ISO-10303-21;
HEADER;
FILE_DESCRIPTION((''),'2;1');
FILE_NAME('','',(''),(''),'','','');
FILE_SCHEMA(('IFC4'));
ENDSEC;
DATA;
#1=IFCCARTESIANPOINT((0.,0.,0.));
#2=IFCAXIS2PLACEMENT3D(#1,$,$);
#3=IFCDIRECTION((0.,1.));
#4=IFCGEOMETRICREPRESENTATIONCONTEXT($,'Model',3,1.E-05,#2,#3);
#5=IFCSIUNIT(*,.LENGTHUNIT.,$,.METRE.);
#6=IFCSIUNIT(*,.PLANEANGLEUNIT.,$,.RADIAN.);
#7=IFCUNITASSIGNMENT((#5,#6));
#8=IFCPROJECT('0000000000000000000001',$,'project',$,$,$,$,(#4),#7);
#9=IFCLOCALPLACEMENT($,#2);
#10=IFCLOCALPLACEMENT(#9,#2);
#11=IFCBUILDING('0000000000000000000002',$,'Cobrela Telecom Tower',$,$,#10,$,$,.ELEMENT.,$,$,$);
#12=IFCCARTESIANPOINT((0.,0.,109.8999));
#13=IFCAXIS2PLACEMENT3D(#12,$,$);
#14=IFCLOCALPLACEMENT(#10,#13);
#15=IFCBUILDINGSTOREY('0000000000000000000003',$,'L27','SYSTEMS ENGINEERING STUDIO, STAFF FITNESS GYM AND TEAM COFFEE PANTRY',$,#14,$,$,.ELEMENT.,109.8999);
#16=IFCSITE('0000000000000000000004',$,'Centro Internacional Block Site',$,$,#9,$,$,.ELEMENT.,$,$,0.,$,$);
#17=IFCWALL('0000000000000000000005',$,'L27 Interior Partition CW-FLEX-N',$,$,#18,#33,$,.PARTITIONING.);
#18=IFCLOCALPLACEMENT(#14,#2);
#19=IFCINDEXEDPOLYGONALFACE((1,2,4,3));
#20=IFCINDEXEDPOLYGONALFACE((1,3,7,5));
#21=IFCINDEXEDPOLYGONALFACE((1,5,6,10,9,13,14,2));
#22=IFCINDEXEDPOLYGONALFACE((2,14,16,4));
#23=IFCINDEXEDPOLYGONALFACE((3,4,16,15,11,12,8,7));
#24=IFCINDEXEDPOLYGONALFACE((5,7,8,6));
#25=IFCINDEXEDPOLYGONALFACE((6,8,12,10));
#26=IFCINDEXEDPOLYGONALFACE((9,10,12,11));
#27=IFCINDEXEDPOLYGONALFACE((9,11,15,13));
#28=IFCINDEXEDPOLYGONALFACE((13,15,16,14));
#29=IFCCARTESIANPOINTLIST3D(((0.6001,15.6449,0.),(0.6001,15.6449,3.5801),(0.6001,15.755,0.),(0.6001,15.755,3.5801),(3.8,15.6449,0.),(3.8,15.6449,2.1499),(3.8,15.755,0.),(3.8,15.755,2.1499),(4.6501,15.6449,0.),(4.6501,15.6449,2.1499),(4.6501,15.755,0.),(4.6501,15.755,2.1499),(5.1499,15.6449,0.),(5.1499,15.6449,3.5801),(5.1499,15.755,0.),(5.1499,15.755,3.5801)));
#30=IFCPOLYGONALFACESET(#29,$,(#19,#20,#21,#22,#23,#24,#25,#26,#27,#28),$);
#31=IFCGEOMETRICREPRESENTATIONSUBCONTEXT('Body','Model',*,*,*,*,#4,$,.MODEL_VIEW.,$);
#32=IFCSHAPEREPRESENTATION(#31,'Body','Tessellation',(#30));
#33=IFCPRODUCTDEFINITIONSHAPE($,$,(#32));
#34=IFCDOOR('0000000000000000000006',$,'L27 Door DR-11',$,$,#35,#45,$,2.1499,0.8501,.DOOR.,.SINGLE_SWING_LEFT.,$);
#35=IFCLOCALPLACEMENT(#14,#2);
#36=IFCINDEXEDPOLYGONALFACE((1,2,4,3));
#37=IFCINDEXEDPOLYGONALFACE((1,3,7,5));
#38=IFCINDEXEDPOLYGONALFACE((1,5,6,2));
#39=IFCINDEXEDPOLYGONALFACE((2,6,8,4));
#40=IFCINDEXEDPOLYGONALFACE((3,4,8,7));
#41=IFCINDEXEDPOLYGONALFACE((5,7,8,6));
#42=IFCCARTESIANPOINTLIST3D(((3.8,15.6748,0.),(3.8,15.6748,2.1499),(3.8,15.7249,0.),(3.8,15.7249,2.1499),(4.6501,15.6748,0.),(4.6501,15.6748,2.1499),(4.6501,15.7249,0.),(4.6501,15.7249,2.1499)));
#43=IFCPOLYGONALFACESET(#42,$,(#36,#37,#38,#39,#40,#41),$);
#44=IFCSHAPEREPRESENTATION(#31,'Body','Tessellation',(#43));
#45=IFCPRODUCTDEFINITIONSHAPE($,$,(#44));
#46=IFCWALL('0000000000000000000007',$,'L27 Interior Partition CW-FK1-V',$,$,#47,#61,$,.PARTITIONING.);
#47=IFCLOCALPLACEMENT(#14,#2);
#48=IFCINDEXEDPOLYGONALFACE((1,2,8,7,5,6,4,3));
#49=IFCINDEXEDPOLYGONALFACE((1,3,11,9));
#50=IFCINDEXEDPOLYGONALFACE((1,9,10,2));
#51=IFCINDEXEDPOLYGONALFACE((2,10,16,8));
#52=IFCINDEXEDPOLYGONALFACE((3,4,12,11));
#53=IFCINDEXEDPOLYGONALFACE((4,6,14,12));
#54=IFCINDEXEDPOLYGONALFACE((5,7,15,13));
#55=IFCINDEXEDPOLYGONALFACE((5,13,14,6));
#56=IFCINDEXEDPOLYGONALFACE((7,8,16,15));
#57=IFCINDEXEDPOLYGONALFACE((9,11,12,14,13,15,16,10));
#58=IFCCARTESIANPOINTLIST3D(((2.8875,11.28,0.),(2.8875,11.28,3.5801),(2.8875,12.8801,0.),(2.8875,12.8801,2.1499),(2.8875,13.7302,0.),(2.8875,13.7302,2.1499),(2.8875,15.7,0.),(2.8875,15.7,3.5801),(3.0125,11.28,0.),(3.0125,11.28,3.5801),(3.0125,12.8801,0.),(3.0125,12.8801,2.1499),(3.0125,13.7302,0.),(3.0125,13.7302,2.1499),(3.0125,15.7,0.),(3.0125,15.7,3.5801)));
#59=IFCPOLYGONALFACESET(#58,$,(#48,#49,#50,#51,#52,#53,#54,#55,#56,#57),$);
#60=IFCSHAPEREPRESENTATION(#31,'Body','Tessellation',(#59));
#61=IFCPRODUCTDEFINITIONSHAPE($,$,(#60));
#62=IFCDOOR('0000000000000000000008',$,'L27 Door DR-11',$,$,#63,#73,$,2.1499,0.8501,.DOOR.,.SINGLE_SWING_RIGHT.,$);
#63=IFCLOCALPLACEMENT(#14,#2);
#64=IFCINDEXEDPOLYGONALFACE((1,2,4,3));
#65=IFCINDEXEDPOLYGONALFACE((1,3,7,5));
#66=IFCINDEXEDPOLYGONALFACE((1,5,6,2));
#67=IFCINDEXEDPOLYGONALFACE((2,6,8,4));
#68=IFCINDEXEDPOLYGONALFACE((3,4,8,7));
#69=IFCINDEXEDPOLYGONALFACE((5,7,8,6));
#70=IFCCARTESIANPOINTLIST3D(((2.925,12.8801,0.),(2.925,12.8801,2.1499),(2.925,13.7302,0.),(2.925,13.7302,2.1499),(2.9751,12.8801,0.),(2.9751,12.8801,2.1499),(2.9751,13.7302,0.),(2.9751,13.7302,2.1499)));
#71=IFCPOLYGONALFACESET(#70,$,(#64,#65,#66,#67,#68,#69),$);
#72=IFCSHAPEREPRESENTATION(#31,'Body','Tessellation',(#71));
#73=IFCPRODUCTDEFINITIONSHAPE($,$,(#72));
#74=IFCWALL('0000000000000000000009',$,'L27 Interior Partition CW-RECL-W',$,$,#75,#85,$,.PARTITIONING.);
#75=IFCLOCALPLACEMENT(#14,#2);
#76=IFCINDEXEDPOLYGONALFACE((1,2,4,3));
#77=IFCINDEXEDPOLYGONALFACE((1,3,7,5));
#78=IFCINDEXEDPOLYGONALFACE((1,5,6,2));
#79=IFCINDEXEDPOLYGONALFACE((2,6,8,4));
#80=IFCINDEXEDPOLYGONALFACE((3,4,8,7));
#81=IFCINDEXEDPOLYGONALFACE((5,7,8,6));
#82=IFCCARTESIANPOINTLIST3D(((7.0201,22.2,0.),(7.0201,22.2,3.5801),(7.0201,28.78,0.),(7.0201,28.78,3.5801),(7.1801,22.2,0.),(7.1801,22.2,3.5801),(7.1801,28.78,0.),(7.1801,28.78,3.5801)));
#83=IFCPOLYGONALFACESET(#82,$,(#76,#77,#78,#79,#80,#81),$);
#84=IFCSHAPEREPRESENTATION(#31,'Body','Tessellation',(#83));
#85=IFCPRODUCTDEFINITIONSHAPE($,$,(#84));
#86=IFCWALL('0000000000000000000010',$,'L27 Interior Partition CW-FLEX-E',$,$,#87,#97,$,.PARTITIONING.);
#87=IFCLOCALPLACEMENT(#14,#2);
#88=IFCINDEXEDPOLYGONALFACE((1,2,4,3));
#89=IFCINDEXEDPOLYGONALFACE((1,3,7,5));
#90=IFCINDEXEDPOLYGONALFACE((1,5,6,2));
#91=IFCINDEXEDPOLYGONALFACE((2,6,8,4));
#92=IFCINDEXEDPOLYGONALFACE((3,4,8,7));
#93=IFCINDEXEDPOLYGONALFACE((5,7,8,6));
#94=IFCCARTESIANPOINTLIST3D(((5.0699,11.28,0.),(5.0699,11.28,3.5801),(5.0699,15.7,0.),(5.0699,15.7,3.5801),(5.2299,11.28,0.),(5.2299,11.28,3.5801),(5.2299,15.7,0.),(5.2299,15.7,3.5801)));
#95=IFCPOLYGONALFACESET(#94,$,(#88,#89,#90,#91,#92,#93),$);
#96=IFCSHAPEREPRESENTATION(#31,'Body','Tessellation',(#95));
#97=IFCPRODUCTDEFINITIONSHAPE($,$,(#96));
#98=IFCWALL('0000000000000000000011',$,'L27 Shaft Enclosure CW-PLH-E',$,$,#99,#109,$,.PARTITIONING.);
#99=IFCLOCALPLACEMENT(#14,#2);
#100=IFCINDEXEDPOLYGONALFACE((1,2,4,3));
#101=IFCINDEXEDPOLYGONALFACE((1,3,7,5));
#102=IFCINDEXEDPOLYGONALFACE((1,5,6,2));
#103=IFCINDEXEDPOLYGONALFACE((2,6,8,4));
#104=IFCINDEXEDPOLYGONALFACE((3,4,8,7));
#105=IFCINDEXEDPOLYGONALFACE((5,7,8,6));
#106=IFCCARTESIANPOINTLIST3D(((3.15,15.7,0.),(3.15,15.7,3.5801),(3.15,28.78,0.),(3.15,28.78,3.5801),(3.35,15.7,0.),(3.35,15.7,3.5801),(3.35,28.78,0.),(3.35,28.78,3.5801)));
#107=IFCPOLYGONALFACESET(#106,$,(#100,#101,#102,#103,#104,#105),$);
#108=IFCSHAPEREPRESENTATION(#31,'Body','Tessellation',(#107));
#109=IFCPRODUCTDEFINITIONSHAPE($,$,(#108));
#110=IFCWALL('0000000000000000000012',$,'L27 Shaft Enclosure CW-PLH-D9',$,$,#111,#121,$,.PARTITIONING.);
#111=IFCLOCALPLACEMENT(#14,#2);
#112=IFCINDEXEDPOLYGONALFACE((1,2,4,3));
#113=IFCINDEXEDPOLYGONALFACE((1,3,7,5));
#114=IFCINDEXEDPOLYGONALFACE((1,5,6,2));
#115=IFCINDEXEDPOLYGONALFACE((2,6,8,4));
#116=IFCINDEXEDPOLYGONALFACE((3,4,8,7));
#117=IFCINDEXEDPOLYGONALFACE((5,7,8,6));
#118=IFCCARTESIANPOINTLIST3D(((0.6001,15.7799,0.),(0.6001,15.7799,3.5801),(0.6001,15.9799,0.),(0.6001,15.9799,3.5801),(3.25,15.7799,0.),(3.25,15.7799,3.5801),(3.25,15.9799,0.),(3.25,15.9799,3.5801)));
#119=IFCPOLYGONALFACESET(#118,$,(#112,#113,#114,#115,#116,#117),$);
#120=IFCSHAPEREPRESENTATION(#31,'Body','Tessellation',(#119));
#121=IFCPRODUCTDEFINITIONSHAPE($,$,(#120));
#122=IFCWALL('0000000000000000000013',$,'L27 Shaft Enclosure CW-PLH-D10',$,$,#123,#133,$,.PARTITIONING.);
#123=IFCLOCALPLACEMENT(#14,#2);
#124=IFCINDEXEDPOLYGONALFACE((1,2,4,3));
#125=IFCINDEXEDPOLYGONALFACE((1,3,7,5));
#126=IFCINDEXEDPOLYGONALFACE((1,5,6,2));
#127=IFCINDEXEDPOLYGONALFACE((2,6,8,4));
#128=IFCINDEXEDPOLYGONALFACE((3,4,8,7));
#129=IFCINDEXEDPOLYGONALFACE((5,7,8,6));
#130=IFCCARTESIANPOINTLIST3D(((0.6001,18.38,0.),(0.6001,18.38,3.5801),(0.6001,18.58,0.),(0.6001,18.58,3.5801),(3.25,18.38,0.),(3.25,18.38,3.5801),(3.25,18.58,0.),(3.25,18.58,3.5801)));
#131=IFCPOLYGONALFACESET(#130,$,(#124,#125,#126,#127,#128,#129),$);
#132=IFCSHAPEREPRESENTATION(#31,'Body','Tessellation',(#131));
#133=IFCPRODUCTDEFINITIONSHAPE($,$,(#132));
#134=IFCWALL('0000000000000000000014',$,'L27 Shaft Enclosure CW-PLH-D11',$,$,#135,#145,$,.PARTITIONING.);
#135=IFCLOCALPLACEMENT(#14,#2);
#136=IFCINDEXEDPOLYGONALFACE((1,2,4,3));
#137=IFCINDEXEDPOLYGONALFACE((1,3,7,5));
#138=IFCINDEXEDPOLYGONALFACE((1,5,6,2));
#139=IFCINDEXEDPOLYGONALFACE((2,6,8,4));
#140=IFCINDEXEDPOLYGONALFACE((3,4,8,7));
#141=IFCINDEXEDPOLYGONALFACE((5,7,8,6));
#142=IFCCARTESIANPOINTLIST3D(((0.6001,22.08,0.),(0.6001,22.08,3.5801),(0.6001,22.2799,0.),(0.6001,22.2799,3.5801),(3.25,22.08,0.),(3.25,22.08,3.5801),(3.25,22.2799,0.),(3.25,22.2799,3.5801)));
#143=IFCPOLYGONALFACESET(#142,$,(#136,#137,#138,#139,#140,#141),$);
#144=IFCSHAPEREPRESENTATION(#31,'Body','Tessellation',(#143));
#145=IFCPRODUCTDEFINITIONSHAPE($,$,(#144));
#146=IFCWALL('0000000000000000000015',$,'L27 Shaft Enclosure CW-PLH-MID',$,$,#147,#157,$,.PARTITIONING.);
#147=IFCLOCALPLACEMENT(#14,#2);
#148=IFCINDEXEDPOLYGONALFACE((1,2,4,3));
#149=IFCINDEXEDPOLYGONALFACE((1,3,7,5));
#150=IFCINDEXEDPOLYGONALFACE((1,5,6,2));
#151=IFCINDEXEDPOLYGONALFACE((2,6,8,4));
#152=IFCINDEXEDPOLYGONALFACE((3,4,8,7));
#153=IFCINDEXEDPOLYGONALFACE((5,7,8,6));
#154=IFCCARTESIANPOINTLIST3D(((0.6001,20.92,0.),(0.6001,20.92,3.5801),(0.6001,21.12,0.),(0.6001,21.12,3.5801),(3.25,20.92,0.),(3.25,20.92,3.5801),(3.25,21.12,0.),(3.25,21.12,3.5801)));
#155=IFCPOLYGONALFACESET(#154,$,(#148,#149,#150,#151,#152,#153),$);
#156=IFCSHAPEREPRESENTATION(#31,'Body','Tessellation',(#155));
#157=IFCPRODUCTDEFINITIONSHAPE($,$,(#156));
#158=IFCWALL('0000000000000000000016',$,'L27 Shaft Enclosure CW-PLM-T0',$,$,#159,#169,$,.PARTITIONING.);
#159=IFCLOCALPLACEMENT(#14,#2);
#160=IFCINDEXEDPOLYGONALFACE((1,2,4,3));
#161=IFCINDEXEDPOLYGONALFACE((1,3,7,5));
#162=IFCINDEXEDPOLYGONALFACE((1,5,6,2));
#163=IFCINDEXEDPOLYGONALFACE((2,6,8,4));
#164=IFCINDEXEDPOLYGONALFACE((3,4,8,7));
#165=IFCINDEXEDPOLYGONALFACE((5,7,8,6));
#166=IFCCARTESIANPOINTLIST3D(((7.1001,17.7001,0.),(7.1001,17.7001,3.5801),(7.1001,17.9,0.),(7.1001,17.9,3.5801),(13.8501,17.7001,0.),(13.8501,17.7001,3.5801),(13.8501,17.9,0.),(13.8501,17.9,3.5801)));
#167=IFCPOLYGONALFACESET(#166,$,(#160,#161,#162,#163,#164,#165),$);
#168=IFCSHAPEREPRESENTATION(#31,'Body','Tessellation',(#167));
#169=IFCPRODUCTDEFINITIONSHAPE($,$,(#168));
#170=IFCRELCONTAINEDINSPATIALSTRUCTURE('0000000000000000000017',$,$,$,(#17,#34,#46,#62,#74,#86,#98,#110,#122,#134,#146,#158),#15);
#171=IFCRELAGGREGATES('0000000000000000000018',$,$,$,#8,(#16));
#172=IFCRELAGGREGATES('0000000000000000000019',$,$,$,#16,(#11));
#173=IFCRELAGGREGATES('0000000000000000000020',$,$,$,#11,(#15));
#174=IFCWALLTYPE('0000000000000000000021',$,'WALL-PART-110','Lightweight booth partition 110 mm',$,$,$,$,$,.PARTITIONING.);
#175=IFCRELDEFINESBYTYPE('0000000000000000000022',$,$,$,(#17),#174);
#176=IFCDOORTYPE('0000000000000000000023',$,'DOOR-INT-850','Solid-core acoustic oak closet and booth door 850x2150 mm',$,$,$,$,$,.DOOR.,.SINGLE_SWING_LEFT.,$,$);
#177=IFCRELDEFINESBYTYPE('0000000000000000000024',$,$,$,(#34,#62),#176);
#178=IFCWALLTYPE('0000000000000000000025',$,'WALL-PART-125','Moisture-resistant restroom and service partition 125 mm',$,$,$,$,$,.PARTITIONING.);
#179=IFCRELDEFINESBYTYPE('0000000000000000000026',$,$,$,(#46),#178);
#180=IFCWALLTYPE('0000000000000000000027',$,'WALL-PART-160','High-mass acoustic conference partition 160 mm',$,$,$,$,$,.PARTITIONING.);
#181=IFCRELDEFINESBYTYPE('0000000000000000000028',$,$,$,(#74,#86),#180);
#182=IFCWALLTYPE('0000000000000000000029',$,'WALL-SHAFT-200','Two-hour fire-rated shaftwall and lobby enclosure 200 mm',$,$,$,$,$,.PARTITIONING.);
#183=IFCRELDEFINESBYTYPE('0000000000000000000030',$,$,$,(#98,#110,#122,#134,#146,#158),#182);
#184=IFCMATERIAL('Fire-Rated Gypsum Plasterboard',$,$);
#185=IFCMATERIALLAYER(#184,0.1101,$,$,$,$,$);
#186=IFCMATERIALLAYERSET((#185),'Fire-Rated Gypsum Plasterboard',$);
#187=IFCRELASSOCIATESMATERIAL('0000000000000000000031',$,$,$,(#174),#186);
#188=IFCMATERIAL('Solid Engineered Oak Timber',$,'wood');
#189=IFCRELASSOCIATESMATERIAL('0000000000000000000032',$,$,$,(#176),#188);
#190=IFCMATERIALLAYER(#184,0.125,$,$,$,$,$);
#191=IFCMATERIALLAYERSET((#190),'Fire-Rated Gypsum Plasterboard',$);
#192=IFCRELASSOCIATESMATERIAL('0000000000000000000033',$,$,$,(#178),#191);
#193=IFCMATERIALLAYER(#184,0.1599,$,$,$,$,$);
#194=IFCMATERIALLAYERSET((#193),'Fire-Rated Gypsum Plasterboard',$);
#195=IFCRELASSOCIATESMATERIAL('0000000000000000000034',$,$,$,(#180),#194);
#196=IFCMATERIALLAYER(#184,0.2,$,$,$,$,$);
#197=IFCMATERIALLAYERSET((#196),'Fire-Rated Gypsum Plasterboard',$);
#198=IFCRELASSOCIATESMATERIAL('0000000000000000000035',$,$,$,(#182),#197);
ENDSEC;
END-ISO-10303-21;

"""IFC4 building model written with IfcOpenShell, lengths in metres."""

from ifc_helpers import new_model, si_unit, direction, frame, frame_2d, origin, place, context, subcontext, project, spatial, rectangle, extrude, material, layer, layer_set, type_object, element, fill, save


model = new_model("IFC4")

# Units and contexts
model_context = context("Model", 3, precision=1e-05, world=origin(), true_north=direction((0.0, 1.0)))
body_context = subcontext(model_context, "Body", "Model", "MODEL_VIEW")
ifc_project = project(units=[si_unit("LENGTHUNIT", "METRE"), si_unit("PLANEANGLEUNIT", "RADIAN")], contexts=[model_context])

# Site, building, storey
site_placement = place(None, origin())
site = spatial("IfcSite", under=ifc_project, at=site_placement, Name="Centro Internacional Block Site", CompositionType="ELEMENT", RefElevation=0.0)
building_placement = place(site_placement, origin())
building = spatial("IfcBuilding", under=site, at=building_placement, Name="Cobrela Telecom Tower", CompositionType="ELEMENT")
storey_placement = place(building_placement, frame((0.0, 0.0, 109.8999)))
storey = spatial("IfcBuildingStorey", under=building, at=storey_placement, Name="L27", Description="SYSTEMS ENGINEERING STUDIO, STAFF FITNESS GYM AND TEAM COFFEE PANTRY", CompositionType="ELEMENT", Elevation=109.8999)

# Walls, openings, doors
ifc_material_1 = material(Name="Fire-Rated Gypsum Plasterboard")
ifc_layer_1 = layer(ifc_material_1, 0.1101)
ifc_layer_set_1 = layer_set([ifc_layer_1], Name="Fire-Rated Gypsum Plasterboard")
wall_type_1 = type_object("IfcWallType", Name="WALL-PART-110", Description="Lightweight booth partition 110 mm", PredefinedType="PARTITIONING", material=ifc_layer_set_1)
wall_1_placement = place(storey_placement, frame((0.6001, 15.7, 0.0), z_axis=(0.0, 0.0, 1.0), x_axis=(1.0, 0.0, 0.0)))
wall_1 = element("IfcWall", 1, at=wall_1_placement, inside=storey, type_object=wall_type_1, Name="L27 Interior Partition CW-FLEX-N", PredefinedType="PARTITIONING", context=body_context, shape_type="SweptSolid", body=[
    extrude(rectangle(XDim=4.5498, YDim=0.1101, at=frame_2d((2.2749, 0.0))), origin(), (0.0, 0.0, 1.0), 3.5801),
])
opening_1_placement = place(wall_1_placement, frame((3.2, 0.0, 0.0)))
opening_1 = element("IfcOpeningElement", 2, at=opening_1_placement, cuts=wall_1, PredefinedType="OPENING", context=body_context, shape_type="SweptSolid", body=[
    extrude(rectangle(XDim=0.8501, YDim=2.1499, at=frame_2d((0.425, 1.075))), frame((0.0, 0.0669, 0.0), z_axis=(0.0, -1.0, 0.0), x_axis=(1.0, 0.0, 0.0)), (0.0, 0.0, 1.0), 0.134),
])
ifc_material_2 = material(Name="Solid Engineered Oak Timber", Category="wood")
door_type_1 = type_object("IfcDoorType", Name="DOOR-INT-850", Description="Solid-core acoustic oak closet and booth door 850x2150 mm", OperationType="SINGLE_SWING_LEFT", PredefinedType="DOOR", material=ifc_material_2)
door_1_placement = place(opening_1_placement, origin())
door_1 = element("IfcDoor", 3, at=door_1_placement, inside=storey, type_object=door_type_1, Name="L27 Door DR-11", OperationType="SINGLE_SWING_LEFT", OverallHeight=2.1499, OverallWidth=0.8501, PredefinedType="DOOR", context=body_context, shape_type="SweptSolid", body=[
    extrude(rectangle(XDim=0.8501, YDim=2.1499, at=frame_2d((0.425, 1.075))), frame((0.0, 0.0249, 0.0), z_axis=(0.0, -1.0, 0.0), x_axis=(1.0, 0.0, 0.0)), (0.0, 0.0, 1.0), 0.05),
])
fill(opening_1, door_1)
ifc_layer_2 = layer(ifc_material_1, 0.125)
ifc_layer_set_2 = layer_set([ifc_layer_2], Name="Fire-Rated Gypsum Plasterboard")
wall_type_2 = type_object("IfcWallType", Name="WALL-PART-125", Description="Moisture-resistant restroom and service partition 125 mm", PredefinedType="PARTITIONING", material=ifc_layer_set_2)
wall_2_placement = place(storey_placement, frame((2.95, 11.28, 0.0), z_axis=(0.0, 0.0, 1.0), x_axis=(0.0, 1.0, 0.0)))
wall_2 = element("IfcWall", 4, at=wall_2_placement, inside=storey, type_object=wall_type_2, Name="L27 Interior Partition CW-FK1-V", PredefinedType="PARTITIONING", context=body_context, shape_type="SweptSolid", body=[
    extrude(rectangle(XDim=4.4199, YDim=0.125, at=frame_2d((2.21, 0.0))), origin(), (0.0, 0.0, 1.0), 3.5801),
])
opening_2_placement = place(wall_2_placement, frame((1.6001, 0.0, 0.0)))
opening_2 = element("IfcOpeningElement", 5, at=opening_2_placement, cuts=wall_2, PredefinedType="OPENING", context=body_context, shape_type="SweptSolid", body=[
    extrude(rectangle(XDim=0.8501, YDim=2.1499, at=frame_2d((0.425, 1.075))), frame((0.0, 0.0745, 0.0), z_axis=(0.0, -1.0, 0.0), x_axis=(1.0, 0.0, 0.0)), (0.0, 0.0, 1.0), 0.1489),
])
door_2_placement = place(opening_2_placement, origin())
door_2 = element("IfcDoor", 6, at=door_2_placement, inside=storey, type_object=door_type_1, Name="L27 Door DR-11", OperationType="SINGLE_SWING_RIGHT", OverallHeight=2.1499, OverallWidth=0.8501, PredefinedType="DOOR", context=body_context, shape_type="SweptSolid", body=[
    extrude(rectangle(XDim=0.8501, YDim=2.1499, at=frame_2d((0.425, 1.075))), frame((0.0, 0.0249, 0.0), z_axis=(0.0, -1.0, 0.0), x_axis=(1.0, 0.0, 0.0)), (0.0, 0.0, 1.0), 0.05),
])
fill(opening_2, door_2)

# Walls
ifc_layer_3 = layer(ifc_material_1, 0.1599)
ifc_layer_set_3 = layer_set([ifc_layer_3], Name="Fire-Rated Gypsum Plasterboard")
wall_type_3 = type_object("IfcWallType", Name="WALL-PART-160", Description="High-mass acoustic conference partition 160 mm", PredefinedType="PARTITIONING", material=ifc_layer_set_3)
wall_3_placement = place(storey_placement, frame((7.1001, 22.2, 0.0), z_axis=(0.0, 0.0, 1.0), x_axis=(0.0, 1.0, 0.0)))
element("IfcWall", 7, at=wall_3_placement, inside=storey, type_object=wall_type_3, Name="L27 Interior Partition CW-RECL-W", PredefinedType="PARTITIONING", context=body_context, shape_type="SweptSolid", body=[
    extrude(rectangle(XDim=6.5801, YDim=0.1599, at=frame_2d((3.29, 0.0))), origin(), (0.0, 0.0, 1.0), 3.5801),
])
wall_4_placement = place(storey_placement, frame((5.1499, 11.28, 0.0), z_axis=(0.0, 0.0, 1.0), x_axis=(0.0, 1.0, 0.0)))
element("IfcWall", 8, at=wall_4_placement, inside=storey, type_object=wall_type_3, Name="L27 Interior Partition CW-FLEX-E", PredefinedType="PARTITIONING", context=body_context, shape_type="SweptSolid", body=[
    extrude(rectangle(XDim=4.4199, YDim=0.1599, at=frame_2d((2.21, 0.0))), origin(), (0.0, 0.0, 1.0), 3.5801),
])
ifc_layer_4 = layer(ifc_material_1, 0.2)
ifc_layer_set_4 = layer_set([ifc_layer_4], Name="Fire-Rated Gypsum Plasterboard")
wall_type_4 = type_object("IfcWallType", Name="WALL-SHAFT-200", Description="Two-hour fire-rated shaftwall and lobby enclosure 200 mm", PredefinedType="PARTITIONING", material=ifc_layer_set_4)
wall_5_placement = place(storey_placement, frame((3.25, 15.7, 0.0), z_axis=(0.0, 0.0, 1.0), x_axis=(0.0, 1.0, 0.0)))
element("IfcWall", 9, at=wall_5_placement, inside=storey, type_object=wall_type_4, Name="L27 Shaft Enclosure CW-PLH-E", PredefinedType="PARTITIONING", context=body_context, shape_type="SweptSolid", body=[
    extrude(rectangle(XDim=13.0801, YDim=0.2, at=frame_2d((6.54, 0.0))), origin(), (0.0, 0.0, 1.0), 3.5801),
])
for number, where, z_axis, x_axis, name in (
    (10, (0.6001, 15.8799, 0.0), (0.0, 0.0, 1.0), (1.0, 0.0, 0.0), "L27 Shaft Enclosure CW-PLH-D9"),
    (11, (0.6001, 18.48, 0.0), (0.0, 0.0, 1.0), (1.0, 0.0, 0.0), "L27 Shaft Enclosure CW-PLH-D10"),
    (12, (0.6001, 22.1799, 0.0), (0.0, 0.0, 1.0), (1.0, 0.0, 0.0), "L27 Shaft Enclosure CW-PLH-D11"),
    (13, (0.6001, 21.02, 0.0), (0.0, 0.0, 1.0), (1.0, 0.0, 0.0), "L27 Shaft Enclosure CW-PLH-MID"),
):
    element("IfcWall", number, at=place(storey_placement, frame(where, z_axis=z_axis, x_axis=x_axis)), inside=storey, type_object=wall_type_4, Name=name, PredefinedType="PARTITIONING", context=body_context, shape_type="SweptSolid", body=[
        extrude(rectangle(XDim=2.6499, YDim=0.2, at=frame_2d((1.325, 0.0))), origin(), (0.0, 0.0, 1.0), 3.5801),
    ])
wall_6_placement = place(storey_placement, frame((7.1001, 17.8, 0.0), z_axis=(0.0, 0.0, 1.0), x_axis=(1.0, 0.0, 0.0)))
element("IfcWall", 14, at=wall_6_placement, inside=storey, type_object=wall_type_4, Name="L27 Shaft Enclosure CW-PLM-T0", PredefinedType="PARTITIONING", context=body_context, shape_type="SweptSolid", body=[
    extrude(rectangle(XDim=6.75, YDim=0.2, at=frame_2d((3.375, 0.0))), origin(), (0.0, 0.0, 1.0), 3.5801),
])

save(model, "model.ifc")
